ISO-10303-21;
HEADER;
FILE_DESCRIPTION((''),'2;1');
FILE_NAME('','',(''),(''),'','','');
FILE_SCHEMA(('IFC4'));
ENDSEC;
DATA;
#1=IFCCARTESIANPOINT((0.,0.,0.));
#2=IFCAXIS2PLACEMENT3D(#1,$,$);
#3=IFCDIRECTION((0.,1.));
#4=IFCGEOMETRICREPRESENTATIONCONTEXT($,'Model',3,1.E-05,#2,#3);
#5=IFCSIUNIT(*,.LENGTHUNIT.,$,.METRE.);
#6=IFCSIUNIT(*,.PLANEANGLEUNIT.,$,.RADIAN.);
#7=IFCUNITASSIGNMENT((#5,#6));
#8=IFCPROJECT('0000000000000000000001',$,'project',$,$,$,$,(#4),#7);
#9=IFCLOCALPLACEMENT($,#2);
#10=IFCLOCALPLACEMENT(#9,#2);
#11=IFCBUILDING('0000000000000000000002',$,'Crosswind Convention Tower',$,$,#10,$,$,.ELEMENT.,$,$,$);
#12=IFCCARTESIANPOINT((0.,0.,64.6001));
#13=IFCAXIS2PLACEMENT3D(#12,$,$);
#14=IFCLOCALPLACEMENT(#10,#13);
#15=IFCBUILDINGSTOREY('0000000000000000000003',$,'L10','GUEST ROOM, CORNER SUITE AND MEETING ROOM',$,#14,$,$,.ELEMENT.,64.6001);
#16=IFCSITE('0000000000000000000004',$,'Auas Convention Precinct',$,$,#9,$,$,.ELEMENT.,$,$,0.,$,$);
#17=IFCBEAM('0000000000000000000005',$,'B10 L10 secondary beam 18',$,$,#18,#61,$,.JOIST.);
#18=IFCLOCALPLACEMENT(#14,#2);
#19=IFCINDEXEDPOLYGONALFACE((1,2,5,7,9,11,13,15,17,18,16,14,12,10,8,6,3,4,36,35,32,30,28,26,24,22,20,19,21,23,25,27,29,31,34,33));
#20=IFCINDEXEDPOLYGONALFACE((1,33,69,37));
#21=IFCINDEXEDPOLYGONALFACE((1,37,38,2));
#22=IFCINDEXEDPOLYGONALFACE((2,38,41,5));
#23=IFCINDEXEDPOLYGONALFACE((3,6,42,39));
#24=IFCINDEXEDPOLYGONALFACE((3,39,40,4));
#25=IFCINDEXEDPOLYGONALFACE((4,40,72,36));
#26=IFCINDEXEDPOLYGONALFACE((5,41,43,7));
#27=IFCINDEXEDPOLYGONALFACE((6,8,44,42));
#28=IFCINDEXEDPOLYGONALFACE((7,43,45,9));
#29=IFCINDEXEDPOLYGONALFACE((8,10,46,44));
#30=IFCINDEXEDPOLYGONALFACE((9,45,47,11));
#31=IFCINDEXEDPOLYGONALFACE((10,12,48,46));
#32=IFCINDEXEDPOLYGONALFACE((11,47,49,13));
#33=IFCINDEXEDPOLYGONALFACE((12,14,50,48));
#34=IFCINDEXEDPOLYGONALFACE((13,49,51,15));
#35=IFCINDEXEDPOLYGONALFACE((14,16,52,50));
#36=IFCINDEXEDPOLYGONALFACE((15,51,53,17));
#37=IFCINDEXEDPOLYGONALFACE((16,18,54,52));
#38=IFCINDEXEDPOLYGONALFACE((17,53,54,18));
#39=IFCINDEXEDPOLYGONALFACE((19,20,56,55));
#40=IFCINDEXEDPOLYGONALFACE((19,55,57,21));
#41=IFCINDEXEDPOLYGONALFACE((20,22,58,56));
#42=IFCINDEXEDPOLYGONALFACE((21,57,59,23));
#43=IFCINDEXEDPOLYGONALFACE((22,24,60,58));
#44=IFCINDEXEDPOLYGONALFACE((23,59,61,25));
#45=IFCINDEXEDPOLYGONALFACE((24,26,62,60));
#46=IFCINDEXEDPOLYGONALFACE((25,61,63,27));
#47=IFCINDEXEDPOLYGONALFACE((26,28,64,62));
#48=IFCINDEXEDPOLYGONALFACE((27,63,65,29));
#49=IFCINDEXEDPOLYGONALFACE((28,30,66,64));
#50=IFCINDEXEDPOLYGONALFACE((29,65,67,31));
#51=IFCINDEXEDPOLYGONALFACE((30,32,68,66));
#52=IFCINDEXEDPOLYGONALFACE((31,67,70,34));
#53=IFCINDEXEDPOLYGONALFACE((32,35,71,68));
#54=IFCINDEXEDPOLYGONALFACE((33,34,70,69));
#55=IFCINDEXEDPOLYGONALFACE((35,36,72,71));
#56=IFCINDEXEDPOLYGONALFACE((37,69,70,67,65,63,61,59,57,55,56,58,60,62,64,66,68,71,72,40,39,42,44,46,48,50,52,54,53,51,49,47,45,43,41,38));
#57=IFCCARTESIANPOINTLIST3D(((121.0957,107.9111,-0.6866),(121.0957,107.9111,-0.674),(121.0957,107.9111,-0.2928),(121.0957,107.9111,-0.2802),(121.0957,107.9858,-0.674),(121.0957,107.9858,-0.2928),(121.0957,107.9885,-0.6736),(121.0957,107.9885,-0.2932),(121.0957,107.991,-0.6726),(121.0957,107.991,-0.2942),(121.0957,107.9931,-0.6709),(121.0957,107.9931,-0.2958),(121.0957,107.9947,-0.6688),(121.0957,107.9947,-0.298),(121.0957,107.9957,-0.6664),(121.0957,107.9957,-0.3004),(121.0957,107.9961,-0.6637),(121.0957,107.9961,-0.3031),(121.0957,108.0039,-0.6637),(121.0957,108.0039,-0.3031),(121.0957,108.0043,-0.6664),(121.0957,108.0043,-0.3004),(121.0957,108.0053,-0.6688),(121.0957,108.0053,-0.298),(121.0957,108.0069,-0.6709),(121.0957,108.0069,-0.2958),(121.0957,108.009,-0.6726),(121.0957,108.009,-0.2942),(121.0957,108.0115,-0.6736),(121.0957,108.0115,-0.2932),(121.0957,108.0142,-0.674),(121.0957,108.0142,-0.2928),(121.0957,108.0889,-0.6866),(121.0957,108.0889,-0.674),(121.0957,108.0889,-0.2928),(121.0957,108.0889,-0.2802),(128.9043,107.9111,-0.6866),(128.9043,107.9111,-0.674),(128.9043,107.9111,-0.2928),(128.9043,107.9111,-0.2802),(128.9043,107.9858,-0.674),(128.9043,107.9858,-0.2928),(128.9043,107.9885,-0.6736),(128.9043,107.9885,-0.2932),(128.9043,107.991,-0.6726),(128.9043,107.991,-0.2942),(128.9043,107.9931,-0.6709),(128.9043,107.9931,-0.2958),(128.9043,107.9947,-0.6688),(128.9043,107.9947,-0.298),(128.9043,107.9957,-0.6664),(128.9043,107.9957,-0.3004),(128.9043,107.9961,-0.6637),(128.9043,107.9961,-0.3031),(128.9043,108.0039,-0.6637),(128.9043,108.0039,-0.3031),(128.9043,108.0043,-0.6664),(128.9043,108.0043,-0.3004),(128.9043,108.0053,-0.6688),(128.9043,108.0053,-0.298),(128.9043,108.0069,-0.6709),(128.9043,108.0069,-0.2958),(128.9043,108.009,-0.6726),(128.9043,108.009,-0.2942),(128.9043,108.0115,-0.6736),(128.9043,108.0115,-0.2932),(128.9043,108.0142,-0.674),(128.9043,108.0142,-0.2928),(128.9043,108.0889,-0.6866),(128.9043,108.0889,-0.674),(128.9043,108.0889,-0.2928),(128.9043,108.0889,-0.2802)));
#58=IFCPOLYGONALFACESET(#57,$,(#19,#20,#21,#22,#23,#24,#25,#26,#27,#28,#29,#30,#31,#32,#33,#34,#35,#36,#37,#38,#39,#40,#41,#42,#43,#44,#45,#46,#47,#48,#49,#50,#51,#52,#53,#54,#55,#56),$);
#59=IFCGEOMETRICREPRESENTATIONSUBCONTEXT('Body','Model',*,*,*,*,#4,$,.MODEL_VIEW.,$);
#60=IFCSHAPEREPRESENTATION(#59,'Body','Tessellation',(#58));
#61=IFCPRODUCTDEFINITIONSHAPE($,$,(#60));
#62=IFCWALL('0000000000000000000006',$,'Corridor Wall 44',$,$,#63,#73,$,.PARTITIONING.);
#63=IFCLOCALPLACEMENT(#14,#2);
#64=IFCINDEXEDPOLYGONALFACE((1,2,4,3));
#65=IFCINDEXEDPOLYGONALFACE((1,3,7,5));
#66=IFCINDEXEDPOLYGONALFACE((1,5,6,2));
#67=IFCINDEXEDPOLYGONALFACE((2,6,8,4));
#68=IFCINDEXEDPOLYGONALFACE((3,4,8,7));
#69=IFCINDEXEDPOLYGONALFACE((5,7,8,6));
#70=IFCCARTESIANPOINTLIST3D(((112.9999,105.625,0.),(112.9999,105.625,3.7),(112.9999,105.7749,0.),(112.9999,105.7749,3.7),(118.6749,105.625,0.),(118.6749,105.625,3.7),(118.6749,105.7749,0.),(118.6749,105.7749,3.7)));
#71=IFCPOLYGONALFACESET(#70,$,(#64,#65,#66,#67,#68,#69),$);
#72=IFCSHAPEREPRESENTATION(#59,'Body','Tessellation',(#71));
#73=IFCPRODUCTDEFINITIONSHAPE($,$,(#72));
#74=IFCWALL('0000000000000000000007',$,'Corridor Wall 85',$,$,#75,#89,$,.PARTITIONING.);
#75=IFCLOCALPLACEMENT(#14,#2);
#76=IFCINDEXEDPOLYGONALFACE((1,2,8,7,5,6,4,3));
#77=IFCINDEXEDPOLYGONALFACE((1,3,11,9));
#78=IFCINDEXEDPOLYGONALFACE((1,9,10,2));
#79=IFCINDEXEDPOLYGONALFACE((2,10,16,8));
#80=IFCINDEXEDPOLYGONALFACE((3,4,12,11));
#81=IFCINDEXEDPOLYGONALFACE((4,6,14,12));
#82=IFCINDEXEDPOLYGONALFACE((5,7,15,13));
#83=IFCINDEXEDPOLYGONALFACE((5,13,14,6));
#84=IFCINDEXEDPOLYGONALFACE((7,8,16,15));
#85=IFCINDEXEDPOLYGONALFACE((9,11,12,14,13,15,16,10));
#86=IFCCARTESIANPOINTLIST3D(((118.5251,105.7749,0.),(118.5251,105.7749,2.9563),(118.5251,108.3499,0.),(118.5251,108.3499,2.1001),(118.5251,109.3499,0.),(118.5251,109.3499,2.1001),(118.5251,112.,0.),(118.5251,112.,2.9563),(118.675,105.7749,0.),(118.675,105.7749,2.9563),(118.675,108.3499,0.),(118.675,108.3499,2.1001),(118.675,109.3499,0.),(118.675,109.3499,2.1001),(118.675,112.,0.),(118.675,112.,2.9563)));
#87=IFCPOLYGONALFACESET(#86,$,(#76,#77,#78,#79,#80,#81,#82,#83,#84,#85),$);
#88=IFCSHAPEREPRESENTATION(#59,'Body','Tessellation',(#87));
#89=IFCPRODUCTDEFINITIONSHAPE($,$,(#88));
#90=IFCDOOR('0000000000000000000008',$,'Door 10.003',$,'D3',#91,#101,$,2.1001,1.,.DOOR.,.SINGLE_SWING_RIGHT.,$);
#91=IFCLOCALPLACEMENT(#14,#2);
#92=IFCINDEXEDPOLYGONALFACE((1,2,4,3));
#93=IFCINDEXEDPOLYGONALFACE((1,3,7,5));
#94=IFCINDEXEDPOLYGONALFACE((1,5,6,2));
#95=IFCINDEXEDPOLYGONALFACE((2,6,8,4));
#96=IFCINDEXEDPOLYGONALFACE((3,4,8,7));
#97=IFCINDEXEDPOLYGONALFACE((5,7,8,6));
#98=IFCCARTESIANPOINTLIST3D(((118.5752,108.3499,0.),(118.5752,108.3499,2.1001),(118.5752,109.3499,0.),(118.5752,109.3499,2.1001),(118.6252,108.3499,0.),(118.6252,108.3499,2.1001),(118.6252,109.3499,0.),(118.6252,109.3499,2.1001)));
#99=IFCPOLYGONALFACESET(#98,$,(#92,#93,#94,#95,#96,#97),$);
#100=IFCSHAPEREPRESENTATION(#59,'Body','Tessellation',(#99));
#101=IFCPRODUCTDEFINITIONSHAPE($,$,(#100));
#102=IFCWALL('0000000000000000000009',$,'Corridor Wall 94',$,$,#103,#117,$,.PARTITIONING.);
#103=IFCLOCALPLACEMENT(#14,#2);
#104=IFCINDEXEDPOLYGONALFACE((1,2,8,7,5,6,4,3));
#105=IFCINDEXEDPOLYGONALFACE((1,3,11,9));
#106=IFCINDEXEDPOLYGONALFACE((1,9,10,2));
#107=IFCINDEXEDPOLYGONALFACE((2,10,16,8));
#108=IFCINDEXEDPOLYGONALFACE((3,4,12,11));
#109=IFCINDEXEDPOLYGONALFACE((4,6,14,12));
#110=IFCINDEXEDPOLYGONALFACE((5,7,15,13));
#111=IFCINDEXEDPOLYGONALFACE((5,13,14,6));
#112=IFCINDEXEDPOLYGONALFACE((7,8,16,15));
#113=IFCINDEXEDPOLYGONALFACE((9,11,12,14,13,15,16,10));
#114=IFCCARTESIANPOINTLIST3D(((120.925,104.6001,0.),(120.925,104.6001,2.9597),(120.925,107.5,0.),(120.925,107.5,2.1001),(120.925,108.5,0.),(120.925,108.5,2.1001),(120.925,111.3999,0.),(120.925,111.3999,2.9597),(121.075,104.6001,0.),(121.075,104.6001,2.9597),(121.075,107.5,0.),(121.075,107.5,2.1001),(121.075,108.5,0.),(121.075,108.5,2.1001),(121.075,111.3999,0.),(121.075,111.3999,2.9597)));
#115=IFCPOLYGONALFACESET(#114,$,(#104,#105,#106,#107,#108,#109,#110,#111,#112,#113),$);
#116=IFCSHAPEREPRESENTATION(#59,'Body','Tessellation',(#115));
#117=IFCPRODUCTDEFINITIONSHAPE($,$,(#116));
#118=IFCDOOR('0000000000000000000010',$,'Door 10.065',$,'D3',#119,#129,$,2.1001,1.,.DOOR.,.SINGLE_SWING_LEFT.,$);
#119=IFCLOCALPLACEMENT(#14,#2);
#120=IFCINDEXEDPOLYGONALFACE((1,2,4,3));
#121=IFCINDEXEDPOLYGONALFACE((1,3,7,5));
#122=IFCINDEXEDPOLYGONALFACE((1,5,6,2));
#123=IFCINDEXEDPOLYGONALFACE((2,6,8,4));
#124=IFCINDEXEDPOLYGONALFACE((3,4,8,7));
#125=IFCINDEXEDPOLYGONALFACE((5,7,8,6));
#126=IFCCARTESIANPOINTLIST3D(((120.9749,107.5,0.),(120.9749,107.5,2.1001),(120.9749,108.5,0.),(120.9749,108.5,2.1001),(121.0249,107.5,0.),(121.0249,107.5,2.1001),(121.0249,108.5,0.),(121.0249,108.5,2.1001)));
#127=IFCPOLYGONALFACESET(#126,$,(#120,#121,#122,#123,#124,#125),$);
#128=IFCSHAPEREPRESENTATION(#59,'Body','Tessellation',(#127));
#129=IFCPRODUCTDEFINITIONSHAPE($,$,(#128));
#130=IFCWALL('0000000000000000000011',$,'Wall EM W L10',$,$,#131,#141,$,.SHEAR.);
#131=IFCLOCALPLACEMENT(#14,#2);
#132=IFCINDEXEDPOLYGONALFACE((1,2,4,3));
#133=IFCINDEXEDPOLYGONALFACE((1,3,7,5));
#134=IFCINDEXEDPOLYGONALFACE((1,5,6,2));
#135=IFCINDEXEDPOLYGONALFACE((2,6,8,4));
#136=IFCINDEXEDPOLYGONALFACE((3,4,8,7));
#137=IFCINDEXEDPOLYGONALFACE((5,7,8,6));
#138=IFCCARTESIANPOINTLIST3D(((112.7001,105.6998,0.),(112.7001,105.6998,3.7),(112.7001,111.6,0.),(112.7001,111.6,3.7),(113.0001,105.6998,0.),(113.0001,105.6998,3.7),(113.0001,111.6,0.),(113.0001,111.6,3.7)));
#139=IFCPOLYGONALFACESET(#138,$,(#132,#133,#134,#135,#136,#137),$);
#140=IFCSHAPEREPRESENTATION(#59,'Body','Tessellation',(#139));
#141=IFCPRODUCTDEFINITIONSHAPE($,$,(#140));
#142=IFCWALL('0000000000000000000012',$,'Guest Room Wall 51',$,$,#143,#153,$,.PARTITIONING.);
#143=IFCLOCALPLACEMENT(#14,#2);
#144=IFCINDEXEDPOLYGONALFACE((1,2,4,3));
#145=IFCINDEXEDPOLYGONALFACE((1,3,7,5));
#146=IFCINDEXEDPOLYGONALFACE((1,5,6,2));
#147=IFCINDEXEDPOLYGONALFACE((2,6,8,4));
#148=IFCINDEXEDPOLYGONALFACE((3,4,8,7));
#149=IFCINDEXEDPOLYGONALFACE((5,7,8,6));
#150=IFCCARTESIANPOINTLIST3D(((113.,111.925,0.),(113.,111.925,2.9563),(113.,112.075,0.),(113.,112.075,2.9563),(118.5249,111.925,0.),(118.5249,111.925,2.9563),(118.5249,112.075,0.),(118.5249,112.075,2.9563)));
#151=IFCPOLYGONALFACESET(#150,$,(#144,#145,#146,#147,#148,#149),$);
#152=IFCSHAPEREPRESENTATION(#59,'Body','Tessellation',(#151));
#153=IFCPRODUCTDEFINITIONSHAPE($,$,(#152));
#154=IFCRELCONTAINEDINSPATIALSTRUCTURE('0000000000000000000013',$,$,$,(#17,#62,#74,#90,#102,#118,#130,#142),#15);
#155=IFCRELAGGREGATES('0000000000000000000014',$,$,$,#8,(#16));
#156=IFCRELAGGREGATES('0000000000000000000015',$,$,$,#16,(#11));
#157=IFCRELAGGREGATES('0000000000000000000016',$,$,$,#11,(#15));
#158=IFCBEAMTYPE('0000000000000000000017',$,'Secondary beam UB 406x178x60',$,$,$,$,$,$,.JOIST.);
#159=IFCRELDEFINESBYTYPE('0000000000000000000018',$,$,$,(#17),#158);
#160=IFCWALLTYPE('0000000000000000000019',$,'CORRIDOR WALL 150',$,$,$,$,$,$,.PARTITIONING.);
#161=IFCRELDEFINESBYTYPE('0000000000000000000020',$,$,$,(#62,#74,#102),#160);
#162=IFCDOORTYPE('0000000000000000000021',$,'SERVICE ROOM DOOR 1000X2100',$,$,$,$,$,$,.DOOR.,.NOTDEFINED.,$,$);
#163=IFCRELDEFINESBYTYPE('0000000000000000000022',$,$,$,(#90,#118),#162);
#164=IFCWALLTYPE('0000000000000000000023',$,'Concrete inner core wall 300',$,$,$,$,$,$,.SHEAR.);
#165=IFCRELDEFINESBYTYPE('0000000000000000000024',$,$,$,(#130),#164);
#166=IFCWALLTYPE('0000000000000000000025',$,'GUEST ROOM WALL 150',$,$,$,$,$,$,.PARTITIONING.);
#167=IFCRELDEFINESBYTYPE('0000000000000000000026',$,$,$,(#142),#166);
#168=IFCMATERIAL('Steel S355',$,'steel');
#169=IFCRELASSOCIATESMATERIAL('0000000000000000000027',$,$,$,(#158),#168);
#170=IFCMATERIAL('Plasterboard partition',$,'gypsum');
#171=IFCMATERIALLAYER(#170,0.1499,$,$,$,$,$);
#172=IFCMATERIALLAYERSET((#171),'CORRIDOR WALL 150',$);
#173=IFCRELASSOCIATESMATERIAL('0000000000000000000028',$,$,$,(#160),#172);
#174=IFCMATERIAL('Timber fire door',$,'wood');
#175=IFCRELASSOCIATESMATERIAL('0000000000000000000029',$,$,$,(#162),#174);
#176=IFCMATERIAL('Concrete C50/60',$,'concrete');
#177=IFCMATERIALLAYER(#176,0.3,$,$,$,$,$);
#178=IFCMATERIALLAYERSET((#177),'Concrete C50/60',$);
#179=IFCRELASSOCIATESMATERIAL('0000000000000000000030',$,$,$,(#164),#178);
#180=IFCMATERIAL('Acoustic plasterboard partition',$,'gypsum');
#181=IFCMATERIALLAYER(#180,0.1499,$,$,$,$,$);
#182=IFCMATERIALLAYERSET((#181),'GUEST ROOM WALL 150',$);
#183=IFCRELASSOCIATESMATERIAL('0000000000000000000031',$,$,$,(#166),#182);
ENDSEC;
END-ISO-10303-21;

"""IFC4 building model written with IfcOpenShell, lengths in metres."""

from ifc_helpers import new_model, si_unit, direction, frame, frame_2d, origin, origin_2d, place, context, subcontext, project, spatial, rectangle, i_section, extrude, material, layer, layer_set, material_profile, profile_set, type_object, element, fill, save


model = new_model("IFC4")

# Units and contexts
model_context = context("Model", 3, precision=1e-05, world=origin(), true_north=direction((0.0, 1.0)))
body_context = subcontext(model_context, "Body", "Model", "MODEL_VIEW")
ifc_project = project(units=[si_unit("LENGTHUNIT", "METRE"), si_unit("PLANEANGLEUNIT", "RADIAN")], contexts=[model_context])

# Site, building, storey
site_placement = place(None, origin())
site = spatial("IfcSite", under=ifc_project, at=site_placement, Name="Auas Convention Precinct", CompositionType="ELEMENT", RefElevation=0.0)
building_placement = place(site_placement, origin())
building = spatial("IfcBuilding", under=site, at=building_placement, Name="Crosswind Convention Tower", CompositionType="ELEMENT")
storey_placement = place(building_placement, frame((0.0, 0.0, 64.6001)))
storey = spatial("IfcBuildingStorey", under=building, at=storey_placement, Name="L10", Description="GUEST ROOM, CORNER SUITE AND MEETING ROOM", CompositionType="ELEMENT", Elevation=64.6001)

# Beam
ifc_material_1 = material(Name="Steel S355", Category="steel")
ifc_material_profile_1 = material_profile(ifc_material_1, i_section(OverallWidth=0.1777, OverallDepth=0.4065, WebThickness=0.0078, FlangeThickness=0.0127, FilletRadius=0.0103, at=origin_2d()), Name="UB 406x178x60")
ifc_profile_set_1 = profile_set([ifc_material_profile_1], Name="Steel S355")
beam_type_1 = type_object("IfcBeamType", Name="Secondary beam UB 406x178x60", PredefinedType="JOIST", material=ifc_profile_set_1)
for number, where, z_axis, x_axis, name in (
    (1, (121.0957, 108.0, -0.4834), (1.0, 0.0, 0.0), (0.0, 1.0, 0.0), "B10 L10 secondary beam 18"),
):
    element("IfcBeam", number, at=place(storey_placement, frame(where, z_axis=z_axis, x_axis=x_axis)), inside=storey, type_object=beam_type_1, Name=name, PredefinedType="JOIST", context=body_context, shape_type="SweptSolid", body=[
        extrude(i_section(OverallWidth=0.1777, OverallDepth=0.4065, WebThickness=0.0078, FlangeThickness=0.0127, FilletRadius=0.0103, at=origin_2d()), origin(), (0.0, 0.0, 1.0), 7.8086),
    ])

# Wall
ifc_material_2 = material(Name="Plasterboard partition", Category="gypsum")
ifc_layer_1 = layer(ifc_material_2, 0.1499)
ifc_layer_set_1 = layer_set([ifc_layer_1], Name="CORRIDOR WALL 150")
wall_type_1 = type_object("IfcWallType", Name="CORRIDOR WALL 150", PredefinedType="PARTITIONING", material=ifc_layer_set_1)
wall_1_placement = place(storey_placement, frame((113.0, 105.7, 0.0), z_axis=(0.0, 0.0, 1.0), x_axis=(1.0, 0.0, 0.0)))
element("IfcWall", 2, at=wall_1_placement, inside=storey, type_object=wall_type_1, Name="Corridor Wall 44", PredefinedType="PARTITIONING", context=body_context, shape_type="SweptSolid", body=[
    extrude(rectangle(XDim=5.675, YDim=0.1499, at=frame_2d((2.8374, 0.0))), origin(), (0.0, 0.0, 1.0), 3.7),
])

# Walls, openings, doors
wall_2_placement = place(storey_placement, frame((118.6001, 105.7749, 0.0), z_axis=(0.0, 0.0, 1.0), x_axis=(0.0, 1.0, 0.0)))
wall_2 = element("IfcWall", 3, at=wall_2_placement, inside=storey, type_object=wall_type_1, Name="Corridor Wall 85", PredefinedType="PARTITIONING", context=body_context, shape_type="SweptSolid", body=[
    extrude(rectangle(XDim=6.2251, YDim=0.1499, at=frame_2d((3.1125, 0.0))), origin(), (0.0, 0.0, 1.0), 2.9563),
])
opening_1_placement = place(wall_2_placement, frame((2.575, 0.0, 0.0)))
opening_1 = element("IfcOpeningElement", 4, at=opening_1_placement, cuts=wall_2, PredefinedType="OPENING", context=body_context, shape_type="SweptSolid", body=[
    extrude(rectangle(XDim=1.0, YDim=2.1001, at=frame_2d((0.5, 1.05))), frame((0.0, 0.085, 0.0), z_axis=(0.0, -1.0, 0.0), x_axis=(1.0, 0.0, 0.0)), (0.0, 0.0, 1.0), 0.1699),
])
ifc_material_3 = material(Name="Timber fire door", Category="wood")
door_type_1 = type_object("IfcDoorType", Name="SERVICE ROOM DOOR 1000X2100", OperationType="NOTDEFINED", PredefinedType="DOOR", material=ifc_material_3)
door_1_placement = place(opening_1_placement, origin())
door_1 = element("IfcDoor", 5, at=door_1_placement, inside=storey, type_object=door_type_1, Name="Door 10.003", ObjectType="D3", OperationType="SINGLE_SWING_RIGHT", OverallHeight=2.1001, OverallWidth=1.0, PredefinedType="DOOR", context=body_context, shape_type="SweptSolid", body=[
    extrude(rectangle(XDim=1.0, YDim=2.1001, at=frame_2d((0.5, 1.05))), frame((0.0, 0.0249, 0.0), z_axis=(0.0, -1.0, 0.0), x_axis=(1.0, 0.0, 0.0)), (0.0, 0.0, 1.0), 0.05),
])
fill(opening_1, door_1)
wall_3_placement = place(storey_placement, frame((121.0, 104.6001, 0.0), z_axis=(0.0, 0.0, 1.0), x_axis=(0.0, 1.0, 0.0)))
wall_3 = element("IfcWall", 6, at=wall_3_placement, inside=storey, type_object=wall_type_1, Name="Corridor Wall 94", PredefinedType="PARTITIONING", context=body_context, shape_type="SweptSolid", body=[
    extrude(rectangle(XDim=6.7998, YDim=0.1499, at=frame_2d((3.3999, 0.0))), origin(), (0.0, 0.0, 1.0), 2.9597),
])
opening_2_placement = place(wall_3_placement, frame((2.8999, 0.0, 0.0)))
opening_2 = element("IfcOpeningElement", 7, at=opening_2_placement, cuts=wall_3, PredefinedType="OPENING", context=body_context, shape_type="SweptSolid", body=[
    extrude(rectangle(XDim=1.0, YDim=2.1001, at=frame_2d((0.5, 1.05))), frame((0.0, 0.085, 0.0), z_axis=(0.0, -1.0, 0.0), x_axis=(1.0, 0.0, 0.0)), (0.0, 0.0, 1.0), 0.1699),
])
door_2_placement = place(opening_2_placement, frame((1.0, 0.0, 0.0), z_axis=(0.0, 0.0, 1.0), x_axis=(-1.0, 0.0, 0.0)))
door_2 = element("IfcDoor", 8, at=door_2_placement, inside=storey, type_object=door_type_1, Name="Door 10.065", ObjectType="D3", OperationType="SINGLE_SWING_LEFT", OverallHeight=2.1001, OverallWidth=1.0, PredefinedType="DOOR", context=body_context, shape_type="SweptSolid", body=[
    extrude(rectangle(XDim=1.0, YDim=2.1001, at=frame_2d((0.5, 1.05))), frame((0.0, 0.0249, 0.0), z_axis=(0.0, -1.0, 0.0), x_axis=(1.0, 0.0, 0.0)), (0.0, 0.0, 1.0), 0.05),
])
fill(opening_2, door_2)

# Walls
ifc_material_4 = material(Name="Concrete C50/60", Category="concrete")
ifc_layer_2 = layer(ifc_material_4, 0.3)
ifc_layer_set_2 = layer_set([ifc_layer_2], Name="Concrete C50/60")
wall_type_2 = type_object("IfcWallType", Name="Concrete inner core wall 300", PredefinedType="SHEAR", material=ifc_layer_set_2)
wall_4_placement = place(storey_placement, frame((112.8501, 111.6001, 0.0), z_axis=(0.0, 0.0, 1.0), x_axis=(0.0, -1.0, 0.0)))
element("IfcWall", 9, at=wall_4_placement, inside=storey, type_object=wall_type_2, Name="Wall EM W L10", PredefinedType="SHEAR", context=body_context, shape_type="SweptSolid", body=[
    extrude(rectangle(XDim=5.9001, YDim=0.3, at=frame_2d((2.9502, 0.0))), origin(), (0.0, 0.0, 1.0), 3.7),
])
ifc_material_5 = material(Name="Acoustic plasterboard partition", Category="gypsum")
ifc_layer_3 = layer(ifc_material_5, 0.1499)
ifc_layer_set_3 = layer_set([ifc_layer_3], Name="GUEST ROOM WALL 150")
wall_type_3 = type_object("IfcWallType", Name="GUEST ROOM WALL 150", PredefinedType="PARTITIONING", material=ifc_layer_set_3)
wall_5_placement = place(storey_placement, frame((113.0, 112.0, 0.0), z_axis=(0.0, 0.0, 1.0), x_axis=(1.0, 0.0, 0.0)))
element("IfcWall", 10, at=wall_5_placement, inside=storey, type_object=wall_type_3, Name="Guest Room Wall 51", PredefinedType="PARTITIONING", context=body_context, shape_type="SweptSolid", body=[
    extrude(rectangle(XDim=5.5249, YDim=0.1499, at=frame_2d((2.7625, 0.0))), origin(), (0.0, 0.0, 1.0), 2.9563),
])

save(model, "model.ifc")
